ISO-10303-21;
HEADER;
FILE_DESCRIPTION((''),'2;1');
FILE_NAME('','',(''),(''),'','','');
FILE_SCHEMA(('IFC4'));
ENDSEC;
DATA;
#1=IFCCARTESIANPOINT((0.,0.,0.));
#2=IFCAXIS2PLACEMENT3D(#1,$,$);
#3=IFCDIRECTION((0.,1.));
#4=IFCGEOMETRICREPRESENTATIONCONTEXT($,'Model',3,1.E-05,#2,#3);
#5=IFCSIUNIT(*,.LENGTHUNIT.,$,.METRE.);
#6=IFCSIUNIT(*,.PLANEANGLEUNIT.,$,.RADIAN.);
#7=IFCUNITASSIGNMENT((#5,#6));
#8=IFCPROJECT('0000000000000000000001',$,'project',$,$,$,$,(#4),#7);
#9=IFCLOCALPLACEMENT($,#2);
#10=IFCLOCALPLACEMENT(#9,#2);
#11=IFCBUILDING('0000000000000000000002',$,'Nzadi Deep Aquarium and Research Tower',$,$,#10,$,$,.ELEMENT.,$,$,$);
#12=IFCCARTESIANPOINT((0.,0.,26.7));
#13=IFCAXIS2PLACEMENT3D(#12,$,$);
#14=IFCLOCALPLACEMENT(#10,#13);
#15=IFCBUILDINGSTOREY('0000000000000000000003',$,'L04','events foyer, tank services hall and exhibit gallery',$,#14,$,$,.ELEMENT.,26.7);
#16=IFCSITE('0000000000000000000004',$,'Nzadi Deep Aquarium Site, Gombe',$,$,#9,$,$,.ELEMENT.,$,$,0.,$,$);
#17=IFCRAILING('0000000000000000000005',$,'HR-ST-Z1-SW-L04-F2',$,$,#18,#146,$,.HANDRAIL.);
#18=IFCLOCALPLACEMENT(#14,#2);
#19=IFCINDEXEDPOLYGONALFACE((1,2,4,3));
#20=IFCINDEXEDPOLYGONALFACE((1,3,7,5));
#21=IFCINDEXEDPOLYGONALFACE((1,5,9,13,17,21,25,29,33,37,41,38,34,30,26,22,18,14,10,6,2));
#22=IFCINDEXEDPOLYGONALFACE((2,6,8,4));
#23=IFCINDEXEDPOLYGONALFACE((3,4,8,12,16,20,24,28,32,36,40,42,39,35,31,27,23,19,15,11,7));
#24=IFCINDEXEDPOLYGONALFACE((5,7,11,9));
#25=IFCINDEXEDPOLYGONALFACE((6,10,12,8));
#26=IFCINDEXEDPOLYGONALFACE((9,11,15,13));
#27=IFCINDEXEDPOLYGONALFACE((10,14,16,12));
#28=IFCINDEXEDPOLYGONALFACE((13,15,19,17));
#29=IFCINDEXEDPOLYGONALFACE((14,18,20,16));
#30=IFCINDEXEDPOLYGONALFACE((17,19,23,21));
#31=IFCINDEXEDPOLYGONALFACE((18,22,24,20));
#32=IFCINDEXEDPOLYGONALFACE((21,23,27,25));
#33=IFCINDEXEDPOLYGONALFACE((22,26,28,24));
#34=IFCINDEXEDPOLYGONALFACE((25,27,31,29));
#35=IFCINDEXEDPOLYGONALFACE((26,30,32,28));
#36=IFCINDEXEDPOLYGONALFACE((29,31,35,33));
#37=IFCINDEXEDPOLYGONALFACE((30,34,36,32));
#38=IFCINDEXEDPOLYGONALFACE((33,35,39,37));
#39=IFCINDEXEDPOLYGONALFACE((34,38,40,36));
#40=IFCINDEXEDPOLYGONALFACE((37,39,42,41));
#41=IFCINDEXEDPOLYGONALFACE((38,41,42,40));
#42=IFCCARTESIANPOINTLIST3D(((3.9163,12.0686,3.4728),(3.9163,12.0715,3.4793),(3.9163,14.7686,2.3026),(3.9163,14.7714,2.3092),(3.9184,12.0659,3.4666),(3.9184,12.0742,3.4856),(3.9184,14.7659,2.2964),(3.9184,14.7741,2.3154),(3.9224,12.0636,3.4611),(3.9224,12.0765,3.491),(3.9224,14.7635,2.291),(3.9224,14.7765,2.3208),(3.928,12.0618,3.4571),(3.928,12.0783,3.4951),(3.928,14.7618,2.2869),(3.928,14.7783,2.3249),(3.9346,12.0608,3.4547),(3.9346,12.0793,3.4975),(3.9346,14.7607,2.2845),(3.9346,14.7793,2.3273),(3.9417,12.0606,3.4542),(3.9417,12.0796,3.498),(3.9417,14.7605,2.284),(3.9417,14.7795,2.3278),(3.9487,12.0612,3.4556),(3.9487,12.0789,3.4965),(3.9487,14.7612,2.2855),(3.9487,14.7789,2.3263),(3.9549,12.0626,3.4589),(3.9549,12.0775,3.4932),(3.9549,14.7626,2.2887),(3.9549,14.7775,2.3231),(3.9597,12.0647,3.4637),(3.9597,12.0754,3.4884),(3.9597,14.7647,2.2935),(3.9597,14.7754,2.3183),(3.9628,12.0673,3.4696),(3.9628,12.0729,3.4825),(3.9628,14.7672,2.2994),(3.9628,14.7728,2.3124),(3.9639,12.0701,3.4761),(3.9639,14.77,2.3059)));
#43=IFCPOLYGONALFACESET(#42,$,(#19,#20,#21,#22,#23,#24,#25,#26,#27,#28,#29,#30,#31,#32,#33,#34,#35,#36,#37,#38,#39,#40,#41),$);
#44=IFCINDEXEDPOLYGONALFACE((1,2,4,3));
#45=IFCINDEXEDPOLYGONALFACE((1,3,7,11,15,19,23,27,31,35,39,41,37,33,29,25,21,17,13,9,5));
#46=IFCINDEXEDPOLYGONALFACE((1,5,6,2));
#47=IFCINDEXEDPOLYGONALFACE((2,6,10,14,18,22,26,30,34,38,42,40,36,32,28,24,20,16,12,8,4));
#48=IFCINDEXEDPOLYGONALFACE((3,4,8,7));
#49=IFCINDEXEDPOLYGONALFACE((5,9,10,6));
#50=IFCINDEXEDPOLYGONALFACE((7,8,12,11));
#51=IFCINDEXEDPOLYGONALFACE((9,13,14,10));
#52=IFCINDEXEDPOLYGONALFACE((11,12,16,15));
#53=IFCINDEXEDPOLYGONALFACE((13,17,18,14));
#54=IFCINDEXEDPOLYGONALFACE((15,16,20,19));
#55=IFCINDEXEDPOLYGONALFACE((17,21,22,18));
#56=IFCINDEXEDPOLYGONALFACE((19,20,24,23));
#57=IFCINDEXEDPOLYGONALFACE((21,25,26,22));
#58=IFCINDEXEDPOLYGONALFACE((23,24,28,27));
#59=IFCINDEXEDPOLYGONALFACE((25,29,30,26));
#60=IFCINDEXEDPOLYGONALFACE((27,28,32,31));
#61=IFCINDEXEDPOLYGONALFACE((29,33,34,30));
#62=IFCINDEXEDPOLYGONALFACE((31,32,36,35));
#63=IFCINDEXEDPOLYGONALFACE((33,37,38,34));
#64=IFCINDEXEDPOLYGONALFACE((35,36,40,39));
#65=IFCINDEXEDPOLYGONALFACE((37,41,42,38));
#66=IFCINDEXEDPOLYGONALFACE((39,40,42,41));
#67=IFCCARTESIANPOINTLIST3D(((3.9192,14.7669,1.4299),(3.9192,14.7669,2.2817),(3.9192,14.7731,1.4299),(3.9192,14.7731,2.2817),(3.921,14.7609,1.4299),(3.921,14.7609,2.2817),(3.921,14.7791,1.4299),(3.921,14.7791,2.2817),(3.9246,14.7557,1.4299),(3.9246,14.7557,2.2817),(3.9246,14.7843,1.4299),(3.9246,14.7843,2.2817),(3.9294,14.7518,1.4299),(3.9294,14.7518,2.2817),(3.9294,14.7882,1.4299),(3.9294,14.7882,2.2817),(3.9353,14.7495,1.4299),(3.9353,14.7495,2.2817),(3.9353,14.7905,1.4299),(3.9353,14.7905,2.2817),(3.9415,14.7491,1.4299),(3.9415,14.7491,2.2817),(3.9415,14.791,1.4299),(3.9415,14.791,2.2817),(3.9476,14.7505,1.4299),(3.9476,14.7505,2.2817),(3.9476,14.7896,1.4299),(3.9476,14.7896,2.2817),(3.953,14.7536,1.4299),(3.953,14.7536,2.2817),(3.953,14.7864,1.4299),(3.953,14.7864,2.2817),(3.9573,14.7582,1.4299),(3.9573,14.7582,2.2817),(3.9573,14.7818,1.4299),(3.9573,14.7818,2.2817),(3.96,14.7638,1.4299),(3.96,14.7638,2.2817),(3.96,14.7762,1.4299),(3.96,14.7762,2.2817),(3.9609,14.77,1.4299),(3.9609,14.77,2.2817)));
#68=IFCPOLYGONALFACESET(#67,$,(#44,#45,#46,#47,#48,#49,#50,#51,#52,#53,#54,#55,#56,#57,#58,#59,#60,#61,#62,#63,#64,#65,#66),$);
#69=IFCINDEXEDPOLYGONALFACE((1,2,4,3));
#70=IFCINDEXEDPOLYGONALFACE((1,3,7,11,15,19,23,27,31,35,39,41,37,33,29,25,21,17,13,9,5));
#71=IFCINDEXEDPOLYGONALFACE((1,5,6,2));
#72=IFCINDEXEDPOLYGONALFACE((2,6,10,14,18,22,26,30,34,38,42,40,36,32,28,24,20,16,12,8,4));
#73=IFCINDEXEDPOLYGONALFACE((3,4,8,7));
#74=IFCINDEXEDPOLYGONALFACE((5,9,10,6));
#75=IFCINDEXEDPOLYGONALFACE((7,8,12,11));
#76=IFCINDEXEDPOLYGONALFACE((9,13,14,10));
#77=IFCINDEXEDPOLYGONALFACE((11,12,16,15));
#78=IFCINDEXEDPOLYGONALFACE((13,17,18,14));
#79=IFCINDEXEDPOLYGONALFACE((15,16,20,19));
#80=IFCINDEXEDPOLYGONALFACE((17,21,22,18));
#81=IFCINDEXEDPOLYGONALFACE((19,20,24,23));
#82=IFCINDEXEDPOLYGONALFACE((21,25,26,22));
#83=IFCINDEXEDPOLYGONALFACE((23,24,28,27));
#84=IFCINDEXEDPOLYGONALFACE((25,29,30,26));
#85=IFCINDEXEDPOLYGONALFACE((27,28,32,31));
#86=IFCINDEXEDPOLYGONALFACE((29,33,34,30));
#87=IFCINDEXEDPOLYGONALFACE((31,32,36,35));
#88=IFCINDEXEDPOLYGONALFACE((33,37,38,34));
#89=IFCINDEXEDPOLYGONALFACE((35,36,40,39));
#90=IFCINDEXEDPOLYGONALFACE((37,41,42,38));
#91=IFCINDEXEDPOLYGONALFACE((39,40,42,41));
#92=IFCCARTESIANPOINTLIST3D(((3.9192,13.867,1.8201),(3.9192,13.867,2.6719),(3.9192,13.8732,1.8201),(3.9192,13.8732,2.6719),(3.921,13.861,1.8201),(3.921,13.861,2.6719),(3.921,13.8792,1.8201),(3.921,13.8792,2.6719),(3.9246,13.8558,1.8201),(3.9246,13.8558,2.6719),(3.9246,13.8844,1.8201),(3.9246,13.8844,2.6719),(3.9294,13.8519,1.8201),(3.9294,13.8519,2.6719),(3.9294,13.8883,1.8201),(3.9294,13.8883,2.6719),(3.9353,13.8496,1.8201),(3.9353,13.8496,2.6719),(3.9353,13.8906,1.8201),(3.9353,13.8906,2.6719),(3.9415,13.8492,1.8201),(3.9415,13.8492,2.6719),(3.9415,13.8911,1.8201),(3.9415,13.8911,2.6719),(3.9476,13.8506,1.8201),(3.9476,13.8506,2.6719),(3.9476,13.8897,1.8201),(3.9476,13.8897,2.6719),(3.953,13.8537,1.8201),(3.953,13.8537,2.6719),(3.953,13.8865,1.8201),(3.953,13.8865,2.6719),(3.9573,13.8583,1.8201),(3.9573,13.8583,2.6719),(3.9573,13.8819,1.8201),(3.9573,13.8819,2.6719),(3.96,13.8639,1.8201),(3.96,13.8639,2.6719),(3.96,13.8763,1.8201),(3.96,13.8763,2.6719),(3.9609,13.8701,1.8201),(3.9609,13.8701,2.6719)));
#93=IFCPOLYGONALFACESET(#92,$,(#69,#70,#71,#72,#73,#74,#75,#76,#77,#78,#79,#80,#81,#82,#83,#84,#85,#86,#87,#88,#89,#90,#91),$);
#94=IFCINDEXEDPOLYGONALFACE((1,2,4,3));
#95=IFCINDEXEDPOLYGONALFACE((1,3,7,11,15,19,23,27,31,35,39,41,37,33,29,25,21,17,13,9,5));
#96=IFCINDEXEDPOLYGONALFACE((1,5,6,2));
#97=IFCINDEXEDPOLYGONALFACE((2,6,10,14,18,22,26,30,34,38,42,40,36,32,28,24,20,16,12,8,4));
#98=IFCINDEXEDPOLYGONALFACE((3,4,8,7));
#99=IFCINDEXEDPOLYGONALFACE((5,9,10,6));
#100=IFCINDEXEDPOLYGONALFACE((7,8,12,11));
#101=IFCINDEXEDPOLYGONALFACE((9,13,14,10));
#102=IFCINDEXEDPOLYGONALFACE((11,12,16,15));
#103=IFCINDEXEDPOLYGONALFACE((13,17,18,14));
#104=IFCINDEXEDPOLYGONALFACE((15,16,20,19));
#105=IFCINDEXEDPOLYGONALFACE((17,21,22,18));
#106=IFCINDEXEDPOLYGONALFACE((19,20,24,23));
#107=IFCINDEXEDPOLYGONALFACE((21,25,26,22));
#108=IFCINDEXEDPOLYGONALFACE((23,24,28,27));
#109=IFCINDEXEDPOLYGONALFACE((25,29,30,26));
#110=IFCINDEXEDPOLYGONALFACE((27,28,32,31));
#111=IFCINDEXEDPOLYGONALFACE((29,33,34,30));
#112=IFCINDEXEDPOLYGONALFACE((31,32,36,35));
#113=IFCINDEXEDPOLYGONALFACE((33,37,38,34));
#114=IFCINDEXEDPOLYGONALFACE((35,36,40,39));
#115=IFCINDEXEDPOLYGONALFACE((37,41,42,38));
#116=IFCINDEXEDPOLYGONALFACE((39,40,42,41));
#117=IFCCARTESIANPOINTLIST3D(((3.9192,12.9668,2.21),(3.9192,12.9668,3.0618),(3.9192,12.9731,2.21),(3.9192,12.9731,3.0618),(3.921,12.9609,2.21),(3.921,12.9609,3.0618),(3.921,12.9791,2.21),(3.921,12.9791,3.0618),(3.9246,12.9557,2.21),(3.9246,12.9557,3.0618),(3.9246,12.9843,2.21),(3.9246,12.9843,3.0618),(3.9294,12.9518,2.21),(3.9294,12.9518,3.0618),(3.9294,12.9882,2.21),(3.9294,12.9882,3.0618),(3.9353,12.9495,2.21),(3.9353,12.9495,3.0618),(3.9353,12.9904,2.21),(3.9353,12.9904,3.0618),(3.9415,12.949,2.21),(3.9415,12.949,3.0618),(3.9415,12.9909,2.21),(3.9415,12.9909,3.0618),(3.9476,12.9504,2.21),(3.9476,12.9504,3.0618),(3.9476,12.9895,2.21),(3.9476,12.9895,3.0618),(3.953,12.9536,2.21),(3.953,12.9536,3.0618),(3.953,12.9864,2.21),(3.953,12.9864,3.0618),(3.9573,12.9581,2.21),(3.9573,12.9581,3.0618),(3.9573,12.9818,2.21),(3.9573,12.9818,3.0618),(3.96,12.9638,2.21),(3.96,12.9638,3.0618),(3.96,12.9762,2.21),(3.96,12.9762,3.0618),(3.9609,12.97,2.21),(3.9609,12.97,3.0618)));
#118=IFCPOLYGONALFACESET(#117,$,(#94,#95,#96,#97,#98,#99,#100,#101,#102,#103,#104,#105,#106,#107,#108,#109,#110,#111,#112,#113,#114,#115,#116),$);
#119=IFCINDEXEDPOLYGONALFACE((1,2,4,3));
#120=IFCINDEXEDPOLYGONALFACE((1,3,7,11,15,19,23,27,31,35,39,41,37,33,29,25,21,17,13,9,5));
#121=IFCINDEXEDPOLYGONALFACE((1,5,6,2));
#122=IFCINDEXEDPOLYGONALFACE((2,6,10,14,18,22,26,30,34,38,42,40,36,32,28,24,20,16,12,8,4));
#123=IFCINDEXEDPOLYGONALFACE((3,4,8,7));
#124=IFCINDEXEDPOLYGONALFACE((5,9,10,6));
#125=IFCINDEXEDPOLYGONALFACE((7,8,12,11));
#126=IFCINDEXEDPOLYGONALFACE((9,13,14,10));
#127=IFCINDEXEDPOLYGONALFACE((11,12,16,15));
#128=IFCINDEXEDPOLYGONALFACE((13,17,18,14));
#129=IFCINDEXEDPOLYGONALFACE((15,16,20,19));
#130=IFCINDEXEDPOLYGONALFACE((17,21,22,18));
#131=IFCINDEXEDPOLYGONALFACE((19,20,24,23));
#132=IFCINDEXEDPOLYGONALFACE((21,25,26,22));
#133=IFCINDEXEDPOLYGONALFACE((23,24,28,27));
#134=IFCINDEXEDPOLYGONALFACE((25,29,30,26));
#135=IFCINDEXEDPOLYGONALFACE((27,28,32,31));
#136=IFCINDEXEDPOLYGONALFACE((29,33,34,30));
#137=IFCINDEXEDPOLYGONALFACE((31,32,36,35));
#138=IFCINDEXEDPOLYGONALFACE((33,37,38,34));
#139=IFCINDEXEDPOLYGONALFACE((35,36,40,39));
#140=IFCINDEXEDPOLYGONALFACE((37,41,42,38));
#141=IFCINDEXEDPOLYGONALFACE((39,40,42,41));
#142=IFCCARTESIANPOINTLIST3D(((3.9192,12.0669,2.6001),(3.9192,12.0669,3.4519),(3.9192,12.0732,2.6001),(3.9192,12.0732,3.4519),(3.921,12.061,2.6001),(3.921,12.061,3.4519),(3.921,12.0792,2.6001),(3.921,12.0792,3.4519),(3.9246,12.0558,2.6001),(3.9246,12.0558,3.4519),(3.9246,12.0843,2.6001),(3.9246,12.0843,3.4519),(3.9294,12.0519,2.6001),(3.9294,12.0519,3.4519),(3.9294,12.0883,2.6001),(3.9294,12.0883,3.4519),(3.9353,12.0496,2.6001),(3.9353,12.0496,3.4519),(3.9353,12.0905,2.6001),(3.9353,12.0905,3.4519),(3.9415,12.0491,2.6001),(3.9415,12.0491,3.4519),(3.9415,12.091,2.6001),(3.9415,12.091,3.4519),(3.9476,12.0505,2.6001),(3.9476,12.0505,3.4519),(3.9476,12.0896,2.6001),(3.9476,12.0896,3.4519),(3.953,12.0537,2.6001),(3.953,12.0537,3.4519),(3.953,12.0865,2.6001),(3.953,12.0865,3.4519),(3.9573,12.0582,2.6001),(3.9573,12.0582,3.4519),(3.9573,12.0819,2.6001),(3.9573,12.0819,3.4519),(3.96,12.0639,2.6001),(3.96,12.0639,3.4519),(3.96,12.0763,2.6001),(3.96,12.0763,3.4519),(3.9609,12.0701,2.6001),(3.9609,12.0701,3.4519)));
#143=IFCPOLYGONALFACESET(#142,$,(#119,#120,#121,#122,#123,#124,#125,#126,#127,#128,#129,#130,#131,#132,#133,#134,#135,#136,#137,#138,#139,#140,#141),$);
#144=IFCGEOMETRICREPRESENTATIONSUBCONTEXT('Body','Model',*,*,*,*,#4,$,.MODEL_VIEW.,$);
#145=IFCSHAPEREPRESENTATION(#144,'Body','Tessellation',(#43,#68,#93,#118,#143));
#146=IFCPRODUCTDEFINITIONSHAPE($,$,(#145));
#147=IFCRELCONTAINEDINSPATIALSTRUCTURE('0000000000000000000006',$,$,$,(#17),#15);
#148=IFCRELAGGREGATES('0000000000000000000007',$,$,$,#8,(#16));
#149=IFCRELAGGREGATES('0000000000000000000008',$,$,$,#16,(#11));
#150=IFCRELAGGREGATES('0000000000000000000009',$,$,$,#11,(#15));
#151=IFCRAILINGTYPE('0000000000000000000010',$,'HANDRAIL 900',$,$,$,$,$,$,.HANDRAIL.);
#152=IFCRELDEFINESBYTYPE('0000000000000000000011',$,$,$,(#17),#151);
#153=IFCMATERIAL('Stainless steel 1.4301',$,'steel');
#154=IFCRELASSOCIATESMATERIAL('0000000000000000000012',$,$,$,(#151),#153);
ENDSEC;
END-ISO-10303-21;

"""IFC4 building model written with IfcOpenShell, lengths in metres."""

from ifc_helpers import new_model, si_unit, direction, frame, origin, origin_2d, place, context, subcontext, project, spatial, circle, extrude, material, type_object, element, save


model = new_model("IFC4")

# Units and contexts
model_context = context("Model", 3, precision=1e-05, world=origin(), true_north=direction((0.0, 1.0)))
body_context = subcontext(model_context, "Body", "Model", "MODEL_VIEW")
ifc_project = project(units=[si_unit("LENGTHUNIT", "METRE"), si_unit("PLANEANGLEUNIT", "RADIAN")], contexts=[model_context])

# Site, building, storey
site_placement = place(None, origin())
site = spatial("IfcSite", under=ifc_project, at=site_placement, Name="Nzadi Deep Aquarium Site, Gombe", CompositionType="ELEMENT", RefElevation=0.0)
building_placement = place(site_placement, origin())
building = spatial("IfcBuilding", under=site, at=building_placement, Name="Nzadi Deep Aquarium and Research Tower", CompositionType="ELEMENT")
storey_placement = place(building_placement, frame((0.0, 0.0, 26.7)))
storey = spatial("IfcBuildingStorey", under=building, at=storey_placement, Name="L04", Description="events foyer, tank services hall and exhibit gallery", CompositionType="ELEMENT", Elevation=26.7)

# Railing
ifc_material_1 = material(Name="Stainless steel 1.4301", Category="steel")
railing_type = type_object("IfcRailingType", Name="HANDRAIL 900", PredefinedType="HANDRAIL", material=ifc_material_1)
for number, where, name in (
    (1, (3.9399, 14.77, 1.4299), "HR-ST-Z1-SW-L04-F2"),
):
    element("IfcRailing", number, at=place(storey_placement, frame(where)), inside=storey, type_object=railing_type, Name=name, PredefinedType="HANDRAIL", context=body_context, shape_type="SweptSolid", body=[
        extrude(circle(Radius=0.0239, at=origin_2d()), frame((0.0, 0.0, 0.876), z_axis=(0.0, -0.917532, 0.397661), x_axis=(1.0, 0.0, 0.0)), (0.0, 0.0, 1.0), 2.9426),
        extrude(circle(Radius=0.021, at=origin_2d()), origin(), (0.0, 0.0, 1.0), 0.8518),
        extrude(circle(Radius=0.021, at=origin_2d()), frame((0.0, -0.8999, 0.3901)), (0.0, 0.0, 1.0), 0.8518),
        extrude(circle(Radius=0.021, at=origin_2d()), frame((0.0, -1.8, 0.78)), (0.0, 0.0, 1.0), 0.8518),
        extrude(circle(Radius=0.021, at=origin_2d()), frame((0.0, -2.7, 1.1702)), (0.0, 0.0, 1.0), 0.8518),
    ])

save(model, "model.ifc")
